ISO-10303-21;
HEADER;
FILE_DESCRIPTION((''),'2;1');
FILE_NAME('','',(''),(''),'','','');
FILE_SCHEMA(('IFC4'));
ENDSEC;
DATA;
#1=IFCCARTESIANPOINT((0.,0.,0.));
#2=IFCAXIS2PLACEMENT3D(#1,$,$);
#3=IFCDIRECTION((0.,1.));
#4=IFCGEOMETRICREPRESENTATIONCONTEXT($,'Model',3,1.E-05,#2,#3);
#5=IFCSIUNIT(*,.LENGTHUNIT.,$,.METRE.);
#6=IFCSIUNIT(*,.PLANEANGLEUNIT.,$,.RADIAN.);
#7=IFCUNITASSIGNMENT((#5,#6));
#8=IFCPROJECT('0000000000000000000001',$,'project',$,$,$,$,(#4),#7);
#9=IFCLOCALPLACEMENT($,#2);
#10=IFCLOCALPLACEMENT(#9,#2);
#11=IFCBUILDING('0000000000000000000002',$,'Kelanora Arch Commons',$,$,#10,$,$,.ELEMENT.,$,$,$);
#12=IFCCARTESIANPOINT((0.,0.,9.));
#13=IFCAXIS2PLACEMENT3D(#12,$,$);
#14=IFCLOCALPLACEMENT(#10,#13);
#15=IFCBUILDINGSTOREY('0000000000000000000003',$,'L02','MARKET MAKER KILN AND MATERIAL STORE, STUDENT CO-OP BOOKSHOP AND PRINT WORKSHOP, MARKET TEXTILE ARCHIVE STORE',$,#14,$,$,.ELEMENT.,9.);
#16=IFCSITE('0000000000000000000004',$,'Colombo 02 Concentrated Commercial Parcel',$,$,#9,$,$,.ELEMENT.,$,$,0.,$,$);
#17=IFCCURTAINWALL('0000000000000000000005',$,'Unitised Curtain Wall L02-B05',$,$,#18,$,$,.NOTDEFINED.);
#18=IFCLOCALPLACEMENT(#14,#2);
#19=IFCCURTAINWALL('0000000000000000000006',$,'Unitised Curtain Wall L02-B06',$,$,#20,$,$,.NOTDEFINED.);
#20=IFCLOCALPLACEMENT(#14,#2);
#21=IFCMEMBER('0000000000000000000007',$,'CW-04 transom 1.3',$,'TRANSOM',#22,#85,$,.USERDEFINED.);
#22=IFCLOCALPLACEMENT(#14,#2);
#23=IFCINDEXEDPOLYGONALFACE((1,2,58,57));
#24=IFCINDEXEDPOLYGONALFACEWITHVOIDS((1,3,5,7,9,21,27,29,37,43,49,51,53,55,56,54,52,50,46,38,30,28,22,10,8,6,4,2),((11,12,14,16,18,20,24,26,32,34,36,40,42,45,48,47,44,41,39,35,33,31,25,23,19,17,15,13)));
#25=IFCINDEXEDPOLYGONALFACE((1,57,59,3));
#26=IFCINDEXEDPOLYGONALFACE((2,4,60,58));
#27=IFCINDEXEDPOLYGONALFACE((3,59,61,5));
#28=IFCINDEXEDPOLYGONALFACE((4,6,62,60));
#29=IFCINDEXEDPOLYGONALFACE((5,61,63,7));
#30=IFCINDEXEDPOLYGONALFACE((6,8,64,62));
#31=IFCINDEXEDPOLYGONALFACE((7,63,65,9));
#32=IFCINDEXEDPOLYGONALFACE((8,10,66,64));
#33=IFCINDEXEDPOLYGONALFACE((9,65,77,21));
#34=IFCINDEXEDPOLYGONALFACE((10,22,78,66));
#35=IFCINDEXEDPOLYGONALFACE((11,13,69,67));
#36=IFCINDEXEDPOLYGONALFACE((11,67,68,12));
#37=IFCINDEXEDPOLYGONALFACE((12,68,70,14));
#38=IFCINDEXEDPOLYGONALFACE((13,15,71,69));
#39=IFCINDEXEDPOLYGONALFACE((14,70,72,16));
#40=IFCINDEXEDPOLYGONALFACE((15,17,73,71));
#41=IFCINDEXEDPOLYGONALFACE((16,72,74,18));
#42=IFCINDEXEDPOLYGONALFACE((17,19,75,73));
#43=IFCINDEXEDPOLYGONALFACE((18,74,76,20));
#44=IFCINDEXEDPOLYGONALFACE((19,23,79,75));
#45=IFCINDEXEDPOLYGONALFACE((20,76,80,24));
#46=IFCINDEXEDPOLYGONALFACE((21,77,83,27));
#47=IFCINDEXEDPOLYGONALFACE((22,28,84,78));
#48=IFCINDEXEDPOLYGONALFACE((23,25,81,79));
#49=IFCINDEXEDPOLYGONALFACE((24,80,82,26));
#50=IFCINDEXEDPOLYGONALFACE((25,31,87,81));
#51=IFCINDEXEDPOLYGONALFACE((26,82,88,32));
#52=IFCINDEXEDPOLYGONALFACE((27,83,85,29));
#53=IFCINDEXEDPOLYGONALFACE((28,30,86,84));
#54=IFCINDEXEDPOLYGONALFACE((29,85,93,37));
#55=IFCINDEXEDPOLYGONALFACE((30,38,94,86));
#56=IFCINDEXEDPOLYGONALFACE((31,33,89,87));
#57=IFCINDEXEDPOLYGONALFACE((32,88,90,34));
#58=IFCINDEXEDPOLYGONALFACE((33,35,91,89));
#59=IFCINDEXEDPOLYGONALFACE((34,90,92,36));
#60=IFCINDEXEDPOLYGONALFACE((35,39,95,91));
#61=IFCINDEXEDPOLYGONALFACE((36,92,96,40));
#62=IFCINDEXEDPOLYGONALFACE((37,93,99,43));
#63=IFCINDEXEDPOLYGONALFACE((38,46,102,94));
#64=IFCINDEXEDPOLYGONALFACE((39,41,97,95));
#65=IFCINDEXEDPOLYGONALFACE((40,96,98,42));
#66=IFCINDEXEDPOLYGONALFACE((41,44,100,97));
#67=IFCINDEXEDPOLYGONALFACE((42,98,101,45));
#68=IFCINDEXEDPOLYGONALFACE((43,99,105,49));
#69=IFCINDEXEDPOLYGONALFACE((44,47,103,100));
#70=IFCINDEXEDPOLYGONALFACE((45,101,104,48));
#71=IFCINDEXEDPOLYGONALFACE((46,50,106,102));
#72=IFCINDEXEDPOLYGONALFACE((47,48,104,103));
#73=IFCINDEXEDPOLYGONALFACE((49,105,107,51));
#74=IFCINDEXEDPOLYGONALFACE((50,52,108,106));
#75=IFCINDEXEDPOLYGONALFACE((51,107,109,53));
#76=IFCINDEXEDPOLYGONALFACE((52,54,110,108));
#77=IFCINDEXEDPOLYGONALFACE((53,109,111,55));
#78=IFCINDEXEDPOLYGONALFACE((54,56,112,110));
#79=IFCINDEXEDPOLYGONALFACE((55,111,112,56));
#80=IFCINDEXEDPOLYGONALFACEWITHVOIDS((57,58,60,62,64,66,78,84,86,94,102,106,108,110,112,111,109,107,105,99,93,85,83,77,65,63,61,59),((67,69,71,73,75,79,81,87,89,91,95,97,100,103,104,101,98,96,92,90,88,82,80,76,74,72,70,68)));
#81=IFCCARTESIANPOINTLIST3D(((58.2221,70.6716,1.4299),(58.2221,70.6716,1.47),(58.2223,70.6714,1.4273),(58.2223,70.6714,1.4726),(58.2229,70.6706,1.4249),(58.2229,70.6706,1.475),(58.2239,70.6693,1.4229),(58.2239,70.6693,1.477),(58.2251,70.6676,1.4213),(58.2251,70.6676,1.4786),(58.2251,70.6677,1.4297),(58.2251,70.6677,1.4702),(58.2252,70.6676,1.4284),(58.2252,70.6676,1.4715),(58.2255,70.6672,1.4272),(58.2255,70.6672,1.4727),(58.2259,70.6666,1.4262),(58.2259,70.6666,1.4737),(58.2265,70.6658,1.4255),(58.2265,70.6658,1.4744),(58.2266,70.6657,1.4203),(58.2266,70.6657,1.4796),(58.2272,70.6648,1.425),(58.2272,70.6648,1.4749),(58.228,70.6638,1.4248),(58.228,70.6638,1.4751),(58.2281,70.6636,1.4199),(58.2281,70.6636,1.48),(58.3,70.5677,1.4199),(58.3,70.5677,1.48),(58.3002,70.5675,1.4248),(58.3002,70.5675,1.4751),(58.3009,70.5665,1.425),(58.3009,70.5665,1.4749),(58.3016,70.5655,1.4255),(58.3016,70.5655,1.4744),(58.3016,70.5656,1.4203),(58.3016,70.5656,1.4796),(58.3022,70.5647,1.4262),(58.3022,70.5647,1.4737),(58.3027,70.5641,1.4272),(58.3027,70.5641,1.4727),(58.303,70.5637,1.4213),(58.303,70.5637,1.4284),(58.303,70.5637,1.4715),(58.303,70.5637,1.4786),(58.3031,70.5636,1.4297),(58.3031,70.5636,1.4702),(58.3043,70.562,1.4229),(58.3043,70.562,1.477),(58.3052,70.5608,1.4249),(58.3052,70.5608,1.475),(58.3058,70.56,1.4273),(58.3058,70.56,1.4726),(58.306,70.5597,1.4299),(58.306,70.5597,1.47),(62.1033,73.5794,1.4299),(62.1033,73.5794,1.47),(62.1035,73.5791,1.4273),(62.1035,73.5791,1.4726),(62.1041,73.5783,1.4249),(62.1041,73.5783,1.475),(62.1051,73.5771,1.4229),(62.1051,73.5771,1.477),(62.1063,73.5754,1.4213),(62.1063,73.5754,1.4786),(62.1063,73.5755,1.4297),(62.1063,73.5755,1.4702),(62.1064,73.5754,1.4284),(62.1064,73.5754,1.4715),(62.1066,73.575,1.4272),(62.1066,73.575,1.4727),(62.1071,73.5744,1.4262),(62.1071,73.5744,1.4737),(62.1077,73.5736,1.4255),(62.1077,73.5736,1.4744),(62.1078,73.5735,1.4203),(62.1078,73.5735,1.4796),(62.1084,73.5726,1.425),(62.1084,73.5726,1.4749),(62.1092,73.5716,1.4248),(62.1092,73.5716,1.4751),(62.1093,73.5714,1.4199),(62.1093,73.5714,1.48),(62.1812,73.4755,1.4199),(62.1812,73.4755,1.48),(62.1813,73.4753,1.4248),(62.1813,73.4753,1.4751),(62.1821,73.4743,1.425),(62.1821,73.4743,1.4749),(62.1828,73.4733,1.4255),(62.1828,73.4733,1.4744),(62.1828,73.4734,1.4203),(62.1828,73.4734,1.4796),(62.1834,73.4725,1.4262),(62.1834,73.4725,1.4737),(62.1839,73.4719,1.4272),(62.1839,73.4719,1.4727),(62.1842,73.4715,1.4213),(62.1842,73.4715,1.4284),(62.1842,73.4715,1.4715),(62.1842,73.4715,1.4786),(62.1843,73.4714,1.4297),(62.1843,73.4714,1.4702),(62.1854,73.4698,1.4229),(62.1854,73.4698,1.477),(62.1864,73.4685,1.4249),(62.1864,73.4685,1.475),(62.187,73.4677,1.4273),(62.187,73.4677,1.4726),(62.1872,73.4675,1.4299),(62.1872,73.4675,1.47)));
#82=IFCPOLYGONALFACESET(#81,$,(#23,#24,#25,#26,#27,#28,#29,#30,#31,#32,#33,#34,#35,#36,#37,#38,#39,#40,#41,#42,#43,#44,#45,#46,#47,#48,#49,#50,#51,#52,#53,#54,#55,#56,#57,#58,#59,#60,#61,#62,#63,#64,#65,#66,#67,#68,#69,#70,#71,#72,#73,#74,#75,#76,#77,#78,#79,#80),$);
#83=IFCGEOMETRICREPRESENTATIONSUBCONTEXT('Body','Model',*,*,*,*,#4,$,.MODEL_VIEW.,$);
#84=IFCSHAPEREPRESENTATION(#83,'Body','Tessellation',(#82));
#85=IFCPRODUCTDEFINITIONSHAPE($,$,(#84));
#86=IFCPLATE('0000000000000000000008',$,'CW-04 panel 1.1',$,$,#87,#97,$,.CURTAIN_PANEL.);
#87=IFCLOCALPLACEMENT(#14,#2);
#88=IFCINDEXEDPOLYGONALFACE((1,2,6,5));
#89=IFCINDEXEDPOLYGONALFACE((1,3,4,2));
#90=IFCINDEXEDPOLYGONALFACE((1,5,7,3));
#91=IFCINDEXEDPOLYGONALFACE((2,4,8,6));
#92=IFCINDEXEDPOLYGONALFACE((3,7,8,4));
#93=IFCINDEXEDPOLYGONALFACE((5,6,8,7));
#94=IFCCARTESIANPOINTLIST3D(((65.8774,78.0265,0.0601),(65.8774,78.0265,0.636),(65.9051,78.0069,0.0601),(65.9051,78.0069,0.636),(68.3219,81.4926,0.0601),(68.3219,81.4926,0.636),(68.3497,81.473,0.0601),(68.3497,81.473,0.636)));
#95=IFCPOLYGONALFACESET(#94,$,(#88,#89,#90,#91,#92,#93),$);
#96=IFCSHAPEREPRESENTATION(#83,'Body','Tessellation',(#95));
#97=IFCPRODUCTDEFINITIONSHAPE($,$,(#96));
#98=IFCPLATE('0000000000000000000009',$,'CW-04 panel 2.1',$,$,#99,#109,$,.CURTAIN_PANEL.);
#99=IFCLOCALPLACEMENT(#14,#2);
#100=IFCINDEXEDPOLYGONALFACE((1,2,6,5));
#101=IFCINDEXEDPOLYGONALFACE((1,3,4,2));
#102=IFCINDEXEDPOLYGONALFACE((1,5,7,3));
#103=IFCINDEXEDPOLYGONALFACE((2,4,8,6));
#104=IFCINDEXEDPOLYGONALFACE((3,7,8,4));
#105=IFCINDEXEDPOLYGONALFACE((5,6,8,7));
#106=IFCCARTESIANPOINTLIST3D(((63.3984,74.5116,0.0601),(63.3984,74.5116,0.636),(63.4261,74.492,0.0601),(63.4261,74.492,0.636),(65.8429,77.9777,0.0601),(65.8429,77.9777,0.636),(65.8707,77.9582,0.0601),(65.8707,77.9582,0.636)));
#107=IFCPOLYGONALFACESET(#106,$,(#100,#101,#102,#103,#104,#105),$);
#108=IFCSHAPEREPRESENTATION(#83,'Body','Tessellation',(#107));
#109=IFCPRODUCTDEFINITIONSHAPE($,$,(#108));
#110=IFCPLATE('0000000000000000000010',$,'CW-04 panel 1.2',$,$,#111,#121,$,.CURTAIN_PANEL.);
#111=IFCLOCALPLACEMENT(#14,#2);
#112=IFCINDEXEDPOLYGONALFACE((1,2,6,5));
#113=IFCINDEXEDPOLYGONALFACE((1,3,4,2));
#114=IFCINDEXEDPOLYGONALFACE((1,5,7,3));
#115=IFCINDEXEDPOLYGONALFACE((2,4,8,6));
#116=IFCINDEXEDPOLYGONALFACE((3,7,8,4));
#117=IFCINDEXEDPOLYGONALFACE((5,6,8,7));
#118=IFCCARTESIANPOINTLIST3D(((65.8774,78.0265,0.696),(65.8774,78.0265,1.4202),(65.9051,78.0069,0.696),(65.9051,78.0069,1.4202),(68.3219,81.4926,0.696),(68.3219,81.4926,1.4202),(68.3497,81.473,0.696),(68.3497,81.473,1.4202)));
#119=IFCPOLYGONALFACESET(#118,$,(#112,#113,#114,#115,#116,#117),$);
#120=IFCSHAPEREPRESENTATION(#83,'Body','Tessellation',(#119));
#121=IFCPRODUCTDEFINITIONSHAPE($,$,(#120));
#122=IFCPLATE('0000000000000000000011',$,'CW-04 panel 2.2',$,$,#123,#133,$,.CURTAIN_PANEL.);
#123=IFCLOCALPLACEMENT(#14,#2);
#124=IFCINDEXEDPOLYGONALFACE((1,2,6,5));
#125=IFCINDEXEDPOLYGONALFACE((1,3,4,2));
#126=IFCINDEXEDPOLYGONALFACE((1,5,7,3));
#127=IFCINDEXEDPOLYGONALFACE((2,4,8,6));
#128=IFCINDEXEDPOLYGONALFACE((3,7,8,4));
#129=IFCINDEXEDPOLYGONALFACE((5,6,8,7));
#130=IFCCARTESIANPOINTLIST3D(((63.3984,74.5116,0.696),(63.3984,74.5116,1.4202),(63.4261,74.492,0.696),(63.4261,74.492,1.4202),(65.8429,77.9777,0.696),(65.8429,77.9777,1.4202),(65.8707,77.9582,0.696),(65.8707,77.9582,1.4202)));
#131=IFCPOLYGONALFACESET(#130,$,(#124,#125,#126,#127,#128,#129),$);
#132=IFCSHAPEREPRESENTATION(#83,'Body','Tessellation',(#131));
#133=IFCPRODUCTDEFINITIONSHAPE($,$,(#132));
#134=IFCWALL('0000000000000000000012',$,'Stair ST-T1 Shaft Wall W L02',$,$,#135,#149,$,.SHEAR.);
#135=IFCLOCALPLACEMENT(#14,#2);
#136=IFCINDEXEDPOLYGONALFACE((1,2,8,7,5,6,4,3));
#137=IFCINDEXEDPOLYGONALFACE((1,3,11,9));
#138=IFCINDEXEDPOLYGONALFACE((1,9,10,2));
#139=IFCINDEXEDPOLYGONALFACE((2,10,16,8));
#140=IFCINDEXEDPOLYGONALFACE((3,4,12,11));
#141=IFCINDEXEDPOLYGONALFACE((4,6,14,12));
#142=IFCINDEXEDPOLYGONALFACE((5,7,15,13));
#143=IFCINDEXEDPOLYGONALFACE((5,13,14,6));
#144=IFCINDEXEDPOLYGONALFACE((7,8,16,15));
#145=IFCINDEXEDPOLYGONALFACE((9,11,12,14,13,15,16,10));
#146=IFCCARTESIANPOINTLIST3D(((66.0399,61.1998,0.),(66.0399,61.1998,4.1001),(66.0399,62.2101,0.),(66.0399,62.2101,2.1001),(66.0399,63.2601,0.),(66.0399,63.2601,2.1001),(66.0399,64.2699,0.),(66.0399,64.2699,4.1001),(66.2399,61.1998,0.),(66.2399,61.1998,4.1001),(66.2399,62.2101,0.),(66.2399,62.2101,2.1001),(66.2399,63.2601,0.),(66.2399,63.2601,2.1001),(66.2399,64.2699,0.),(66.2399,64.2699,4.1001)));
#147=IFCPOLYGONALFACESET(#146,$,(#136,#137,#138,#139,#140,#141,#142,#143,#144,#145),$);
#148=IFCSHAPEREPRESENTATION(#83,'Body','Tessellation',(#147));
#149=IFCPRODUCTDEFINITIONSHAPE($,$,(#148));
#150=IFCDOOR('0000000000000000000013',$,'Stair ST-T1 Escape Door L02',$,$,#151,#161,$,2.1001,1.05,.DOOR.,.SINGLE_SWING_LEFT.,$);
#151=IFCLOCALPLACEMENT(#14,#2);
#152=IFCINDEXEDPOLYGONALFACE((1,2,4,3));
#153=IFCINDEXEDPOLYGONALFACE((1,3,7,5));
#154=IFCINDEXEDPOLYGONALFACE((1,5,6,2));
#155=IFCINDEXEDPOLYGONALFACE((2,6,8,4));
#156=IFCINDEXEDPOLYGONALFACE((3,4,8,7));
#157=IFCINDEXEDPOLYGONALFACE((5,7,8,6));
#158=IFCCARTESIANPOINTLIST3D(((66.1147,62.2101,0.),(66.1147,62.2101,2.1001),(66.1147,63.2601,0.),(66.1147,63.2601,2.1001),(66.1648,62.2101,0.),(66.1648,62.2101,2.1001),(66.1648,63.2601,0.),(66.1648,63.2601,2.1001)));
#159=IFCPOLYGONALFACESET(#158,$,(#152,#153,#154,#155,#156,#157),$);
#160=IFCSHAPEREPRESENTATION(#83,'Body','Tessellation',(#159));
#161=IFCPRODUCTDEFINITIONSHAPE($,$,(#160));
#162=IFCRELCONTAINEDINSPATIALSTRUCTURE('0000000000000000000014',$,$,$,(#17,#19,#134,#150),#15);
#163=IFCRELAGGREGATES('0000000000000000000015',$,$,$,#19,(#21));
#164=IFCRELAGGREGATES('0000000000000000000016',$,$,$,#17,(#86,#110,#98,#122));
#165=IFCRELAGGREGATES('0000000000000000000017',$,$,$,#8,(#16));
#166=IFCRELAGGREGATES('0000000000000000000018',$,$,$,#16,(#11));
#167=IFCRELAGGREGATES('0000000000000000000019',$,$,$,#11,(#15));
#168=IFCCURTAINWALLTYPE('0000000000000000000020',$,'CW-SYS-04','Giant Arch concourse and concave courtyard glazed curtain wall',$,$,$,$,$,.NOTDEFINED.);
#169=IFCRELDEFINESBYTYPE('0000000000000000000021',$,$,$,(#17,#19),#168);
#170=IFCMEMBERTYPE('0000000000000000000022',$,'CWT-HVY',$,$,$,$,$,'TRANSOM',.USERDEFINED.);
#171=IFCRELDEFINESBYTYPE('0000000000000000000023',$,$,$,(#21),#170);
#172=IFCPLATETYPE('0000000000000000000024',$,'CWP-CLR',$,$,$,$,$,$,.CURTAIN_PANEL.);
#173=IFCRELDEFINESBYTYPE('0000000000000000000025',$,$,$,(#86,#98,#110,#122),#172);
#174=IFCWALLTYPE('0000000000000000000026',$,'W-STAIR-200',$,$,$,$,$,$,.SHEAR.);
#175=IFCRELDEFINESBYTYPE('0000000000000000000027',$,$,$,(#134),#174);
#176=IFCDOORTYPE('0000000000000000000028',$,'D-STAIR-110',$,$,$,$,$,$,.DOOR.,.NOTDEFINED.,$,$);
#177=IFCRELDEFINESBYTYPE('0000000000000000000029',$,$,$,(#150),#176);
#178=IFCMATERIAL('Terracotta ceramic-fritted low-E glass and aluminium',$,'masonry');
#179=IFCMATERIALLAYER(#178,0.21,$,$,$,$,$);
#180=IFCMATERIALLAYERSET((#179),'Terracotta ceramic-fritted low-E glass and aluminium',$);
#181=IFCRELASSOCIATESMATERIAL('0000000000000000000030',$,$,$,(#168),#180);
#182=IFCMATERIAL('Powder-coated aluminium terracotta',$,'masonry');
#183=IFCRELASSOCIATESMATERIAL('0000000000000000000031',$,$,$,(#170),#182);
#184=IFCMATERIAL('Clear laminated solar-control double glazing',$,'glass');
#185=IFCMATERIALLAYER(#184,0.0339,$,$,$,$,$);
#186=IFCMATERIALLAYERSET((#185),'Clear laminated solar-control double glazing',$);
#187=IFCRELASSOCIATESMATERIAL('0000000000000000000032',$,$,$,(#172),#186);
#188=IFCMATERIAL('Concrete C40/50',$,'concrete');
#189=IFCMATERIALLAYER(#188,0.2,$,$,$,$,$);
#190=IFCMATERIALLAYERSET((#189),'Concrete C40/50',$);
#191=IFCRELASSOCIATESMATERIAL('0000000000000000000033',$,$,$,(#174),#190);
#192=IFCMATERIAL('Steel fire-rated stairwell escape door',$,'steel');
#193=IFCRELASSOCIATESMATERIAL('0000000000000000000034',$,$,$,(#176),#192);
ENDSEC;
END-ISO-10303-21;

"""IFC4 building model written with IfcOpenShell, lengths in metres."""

from ifc_helpers import new_model, si_unit, direction, frame, frame_2d, origin, origin_2d, place, context, subcontext, project, spatial, rectangle, hollow_rectangle, extrude, source, transform, mapped, material, layer, layer_set, material_profile, profile_set, type_object, element, fill, aggregate, save


model = new_model("IFC4")

# Units and contexts
model_context = context("Model", 3, precision=1e-05, world=origin(), true_north=direction((0.0, 1.0)))
body_context = subcontext(model_context, "Body", "Model", "MODEL_VIEW")
ifc_project = project(units=[si_unit("LENGTHUNIT", "METRE"), si_unit("PLANEANGLEUNIT", "RADIAN")], contexts=[model_context])

# Site, building, storey
site_placement = place(None, origin())
site = spatial("IfcSite", under=ifc_project, at=site_placement, Name="Colombo 02 Concentrated Commercial Parcel", CompositionType="ELEMENT", RefElevation=0.0)
building_placement = place(site_placement, origin())
building = spatial("IfcBuilding", under=site, at=building_placement, Name="Kelanora Arch Commons", CompositionType="ELEMENT")
storey_placement = place(building_placement, frame((0.0, 0.0, 9.0)))
storey = spatial("IfcBuildingStorey", under=building, at=storey_placement, Name="L02", Description="MARKET MAKER KILN AND MATERIAL STORE, STUDENT CO-OP BOOKSHOP AND PRINT WORKSHOP, MARKET TEXTILE ARCHIVE STORE", CompositionType="ELEMENT", Elevation=9.0)

# Curtain wall
ifc_material_1 = material(Name="Terracotta ceramic-fritted low-E glass and aluminium", Category="masonry")
ifc_layer_1 = layer(ifc_material_1, 0.21)
ifc_layer_set_1 = layer_set([ifc_layer_1], Name="Terracotta ceramic-fritted low-E glass and aluminium")
curtain_wall_type = type_object("IfcCurtainWallType", Name="CW-SYS-04", Description="Giant Arch concourse and concave courtyard glazed curtain wall", PredefinedType="NOTDEFINED", material=ifc_layer_set_1)
curtain_wall_1_placement = place(storey_placement, origin())
curtain_wall_1 = element("IfcCurtainWall", 1, at=curtain_wall_1_placement, inside=storey, type_object=curtain_wall_type, Name="Unitised Curtain Wall L02-B05", PredefinedType="NOTDEFINED")
ifc_material_2 = material(Name="Powder-coated aluminium terracotta", Category="masonry")

# Curtain wall
curtain_wall_2_placement = place(storey_placement, origin())
curtain_wall_2 = element("IfcCurtainWall", 2, at=curtain_wall_2_placement, inside=storey, type_object=curtain_wall_type, Name="Unitised Curtain Wall L02-B06", PredefinedType="NOTDEFINED")

# Member
ifc_material_profile_1 = material_profile(ifc_material_2, hollow_rectangle(XDim=0.1399, YDim=0.0601, WallThickness=0.0049, InnerFilletRadius=0.0049, OuterFilletRadius=0.01, at=origin_2d()), Name="CWT140x60")
ifc_profile_set_1 = profile_set([ifc_material_profile_1], Name="Powder-coated aluminium terracotta")
member_type_1 = type_object("IfcMemberType", Name="CWT-HVY", ElementType="TRANSOM", PredefinedType="USERDEFINED", material=ifc_profile_set_1)
member_1_placement = place(storey_placement, frame((62.1453, 73.5234, 1.45), z_axis=(-0.800308, -0.599589, 0.0), x_axis=(0.599589, -0.800308, 0.0)))
member_1 = element("IfcMember", 3, at=member_1_placement, type_object=member_type_1, Name="CW-04 transom 1.3", ObjectType="TRANSOM", PredefinedType="USERDEFINED", context=body_context, shape_type="SweptSolid", body=[
    extrude(hollow_rectangle(XDim=0.1399, YDim=0.0601, WallThickness=0.0049, InnerFilletRadius=0.0049, OuterFilletRadius=0.01, at=origin_2d()), origin(), (0.0, 0.0, 1.0), 4.8496),
])
aggregate(curtain_wall_2, [member_1])

# Plates
ifc_material_3 = material(Name="Clear laminated solar-control double glazing", Category="glass")
ifc_layer_2 = layer(ifc_material_3, 0.0339)
ifc_layer_set_2 = layer_set([ifc_layer_2], Name="Clear laminated solar-control double glazing")
plate_type = type_object("IfcPlateType", Name="CWP-CLR", PredefinedType="CURTAIN_PANEL", material=ifc_layer_set_2)
shared_shape_1 = source(origin(), body_context, "Body", "SweptSolid", [
    extrude(rectangle(XDim=4.2415, YDim=0.0339, at=origin_2d()), origin(), (0.0, 0.0, 1.0), 0.5759),
])
plate_1_placement = place(storey_placement, frame((67.1135, 79.7498, 0.0601), z_axis=(0.0, 0.0, 1.0), x_axis=(-0.576345, -0.817206, 0.0)))
plate_1 = element("IfcPlate", 4, at=plate_1_placement, type_object=plate_type, Name="CW-04 panel 1.1", PredefinedType="CURTAIN_PANEL", context=body_context, shape_type="MappedRepresentation", body=[
    mapped(shared_shape_1, transform((0.0, 0.0, 0.0), scale=1.0)),
])
plate_2_placement = place(storey_placement, frame((64.6345, 76.2349, 0.0601), z_axis=(0.0, 0.0, 1.0), x_axis=(-0.576345, -0.817206, 0.0)))
plate_2 = element("IfcPlate", 5, at=plate_2_placement, type_object=plate_type, Name="CW-04 panel 2.1", PredefinedType="CURTAIN_PANEL", context=body_context, shape_type="MappedRepresentation", body=[
    mapped(shared_shape_1, transform((0.0, 0.0, 0.0), scale=1.0)),
])
shared_shape_2 = source(origin(), body_context, "Body", "SweptSolid", [
    extrude(rectangle(XDim=4.2415, YDim=0.0339, at=origin_2d()), origin(), (0.0, 0.0, 1.0), 0.7241),
])
plate_3_placement = place(storey_placement, frame((67.1135, 79.7498, 0.696), z_axis=(0.0, 0.0, 1.0), x_axis=(-0.576345, -0.817206, 0.0)))
plate_3 = element("IfcPlate", 6, at=plate_3_placement, type_object=plate_type, Name="CW-04 panel 1.2", PredefinedType="CURTAIN_PANEL", context=body_context, shape_type="MappedRepresentation", body=[
    mapped(shared_shape_2, transform((0.0, 0.0, 0.0), scale=1.0)),
])
plate_4_placement = place(storey_placement, frame((64.6345, 76.2349, 0.696), z_axis=(0.0, 0.0, 1.0), x_axis=(-0.576345, -0.817206, 0.0)))
plate_4 = element("IfcPlate", 7, at=plate_4_placement, type_object=plate_type, Name="CW-04 panel 2.2", PredefinedType="CURTAIN_PANEL", context=body_context, shape_type="MappedRepresentation", body=[
    mapped(shared_shape_2, transform((0.0, 0.0, 0.0), scale=1.0)),
])
aggregate(curtain_wall_1, [plate_1, plate_3, plate_2, plate_4])

# Wall, opening, door
ifc_material_4 = material(Name="Concrete C40/50", Category="concrete")
ifc_layer_3 = layer(ifc_material_4, 0.2)
ifc_layer_set_3 = layer_set([ifc_layer_3], Name="Concrete C40/50")
wall_type = type_object("IfcWallType", Name="W-STAIR-200", PredefinedType="SHEAR", material=ifc_layer_set_3)
wall_placement = place(storey_placement, frame((66.1399, 64.27, 0.0), z_axis=(0.0, 0.0, 1.0), x_axis=(0.0, -1.0, 0.0)))
wall = element("IfcWall", 8, at=wall_placement, inside=storey, type_object=wall_type, Name="Stair ST-T1 Shaft Wall W L02", PredefinedType="SHEAR", context=body_context, shape_type="SweptSolid", body=[
    extrude(rectangle(XDim=3.0701, YDim=0.2, at=frame_2d((1.5352, 0.0))), origin(), (0.0, 0.0, 1.0), 4.1001),
])
opening_placement = place(wall_placement, frame((1.01, 0.0, 0.0)))
opening = element("IfcOpeningElement", 9, at=opening_placement, cuts=wall, PredefinedType="OPENING", context=body_context, shape_type="SweptSolid", body=[
    extrude(rectangle(XDim=1.05, YDim=2.1001, at=frame_2d((0.5249, 1.05))), frame((0.0, 0.1099, 0.0), z_axis=(0.0, -1.0, 0.0), x_axis=(1.0, 0.0, 0.0)), (0.0, 0.0, 1.0), 0.22),
])
ifc_material_5 = material(Name="Steel fire-rated stairwell escape door", Category="steel")
door_type = type_object("IfcDoorType", Name="D-STAIR-110", OperationType="NOTDEFINED", PredefinedType="DOOR", material=ifc_material_5)
door_placement = place(opening_placement, origin())
door = element("IfcDoor", 10, at=door_placement, inside=storey, type_object=door_type, Name="Stair ST-T1 Escape Door L02", OperationType="SINGLE_SWING_LEFT", OverallHeight=2.1001, OverallWidth=1.05, PredefinedType="DOOR", context=body_context, shape_type="SweptSolid", body=[
    extrude(rectangle(XDim=1.05, YDim=2.1001, at=frame_2d((0.5249, 1.05))), frame((0.0, 0.0249, 0.0), z_axis=(0.0, -1.0, 0.0), x_axis=(1.0, 0.0, 0.0)), (0.0, 0.0, 1.0), 0.05),
])
fill(opening, door)

save(model, "model.ifc")
